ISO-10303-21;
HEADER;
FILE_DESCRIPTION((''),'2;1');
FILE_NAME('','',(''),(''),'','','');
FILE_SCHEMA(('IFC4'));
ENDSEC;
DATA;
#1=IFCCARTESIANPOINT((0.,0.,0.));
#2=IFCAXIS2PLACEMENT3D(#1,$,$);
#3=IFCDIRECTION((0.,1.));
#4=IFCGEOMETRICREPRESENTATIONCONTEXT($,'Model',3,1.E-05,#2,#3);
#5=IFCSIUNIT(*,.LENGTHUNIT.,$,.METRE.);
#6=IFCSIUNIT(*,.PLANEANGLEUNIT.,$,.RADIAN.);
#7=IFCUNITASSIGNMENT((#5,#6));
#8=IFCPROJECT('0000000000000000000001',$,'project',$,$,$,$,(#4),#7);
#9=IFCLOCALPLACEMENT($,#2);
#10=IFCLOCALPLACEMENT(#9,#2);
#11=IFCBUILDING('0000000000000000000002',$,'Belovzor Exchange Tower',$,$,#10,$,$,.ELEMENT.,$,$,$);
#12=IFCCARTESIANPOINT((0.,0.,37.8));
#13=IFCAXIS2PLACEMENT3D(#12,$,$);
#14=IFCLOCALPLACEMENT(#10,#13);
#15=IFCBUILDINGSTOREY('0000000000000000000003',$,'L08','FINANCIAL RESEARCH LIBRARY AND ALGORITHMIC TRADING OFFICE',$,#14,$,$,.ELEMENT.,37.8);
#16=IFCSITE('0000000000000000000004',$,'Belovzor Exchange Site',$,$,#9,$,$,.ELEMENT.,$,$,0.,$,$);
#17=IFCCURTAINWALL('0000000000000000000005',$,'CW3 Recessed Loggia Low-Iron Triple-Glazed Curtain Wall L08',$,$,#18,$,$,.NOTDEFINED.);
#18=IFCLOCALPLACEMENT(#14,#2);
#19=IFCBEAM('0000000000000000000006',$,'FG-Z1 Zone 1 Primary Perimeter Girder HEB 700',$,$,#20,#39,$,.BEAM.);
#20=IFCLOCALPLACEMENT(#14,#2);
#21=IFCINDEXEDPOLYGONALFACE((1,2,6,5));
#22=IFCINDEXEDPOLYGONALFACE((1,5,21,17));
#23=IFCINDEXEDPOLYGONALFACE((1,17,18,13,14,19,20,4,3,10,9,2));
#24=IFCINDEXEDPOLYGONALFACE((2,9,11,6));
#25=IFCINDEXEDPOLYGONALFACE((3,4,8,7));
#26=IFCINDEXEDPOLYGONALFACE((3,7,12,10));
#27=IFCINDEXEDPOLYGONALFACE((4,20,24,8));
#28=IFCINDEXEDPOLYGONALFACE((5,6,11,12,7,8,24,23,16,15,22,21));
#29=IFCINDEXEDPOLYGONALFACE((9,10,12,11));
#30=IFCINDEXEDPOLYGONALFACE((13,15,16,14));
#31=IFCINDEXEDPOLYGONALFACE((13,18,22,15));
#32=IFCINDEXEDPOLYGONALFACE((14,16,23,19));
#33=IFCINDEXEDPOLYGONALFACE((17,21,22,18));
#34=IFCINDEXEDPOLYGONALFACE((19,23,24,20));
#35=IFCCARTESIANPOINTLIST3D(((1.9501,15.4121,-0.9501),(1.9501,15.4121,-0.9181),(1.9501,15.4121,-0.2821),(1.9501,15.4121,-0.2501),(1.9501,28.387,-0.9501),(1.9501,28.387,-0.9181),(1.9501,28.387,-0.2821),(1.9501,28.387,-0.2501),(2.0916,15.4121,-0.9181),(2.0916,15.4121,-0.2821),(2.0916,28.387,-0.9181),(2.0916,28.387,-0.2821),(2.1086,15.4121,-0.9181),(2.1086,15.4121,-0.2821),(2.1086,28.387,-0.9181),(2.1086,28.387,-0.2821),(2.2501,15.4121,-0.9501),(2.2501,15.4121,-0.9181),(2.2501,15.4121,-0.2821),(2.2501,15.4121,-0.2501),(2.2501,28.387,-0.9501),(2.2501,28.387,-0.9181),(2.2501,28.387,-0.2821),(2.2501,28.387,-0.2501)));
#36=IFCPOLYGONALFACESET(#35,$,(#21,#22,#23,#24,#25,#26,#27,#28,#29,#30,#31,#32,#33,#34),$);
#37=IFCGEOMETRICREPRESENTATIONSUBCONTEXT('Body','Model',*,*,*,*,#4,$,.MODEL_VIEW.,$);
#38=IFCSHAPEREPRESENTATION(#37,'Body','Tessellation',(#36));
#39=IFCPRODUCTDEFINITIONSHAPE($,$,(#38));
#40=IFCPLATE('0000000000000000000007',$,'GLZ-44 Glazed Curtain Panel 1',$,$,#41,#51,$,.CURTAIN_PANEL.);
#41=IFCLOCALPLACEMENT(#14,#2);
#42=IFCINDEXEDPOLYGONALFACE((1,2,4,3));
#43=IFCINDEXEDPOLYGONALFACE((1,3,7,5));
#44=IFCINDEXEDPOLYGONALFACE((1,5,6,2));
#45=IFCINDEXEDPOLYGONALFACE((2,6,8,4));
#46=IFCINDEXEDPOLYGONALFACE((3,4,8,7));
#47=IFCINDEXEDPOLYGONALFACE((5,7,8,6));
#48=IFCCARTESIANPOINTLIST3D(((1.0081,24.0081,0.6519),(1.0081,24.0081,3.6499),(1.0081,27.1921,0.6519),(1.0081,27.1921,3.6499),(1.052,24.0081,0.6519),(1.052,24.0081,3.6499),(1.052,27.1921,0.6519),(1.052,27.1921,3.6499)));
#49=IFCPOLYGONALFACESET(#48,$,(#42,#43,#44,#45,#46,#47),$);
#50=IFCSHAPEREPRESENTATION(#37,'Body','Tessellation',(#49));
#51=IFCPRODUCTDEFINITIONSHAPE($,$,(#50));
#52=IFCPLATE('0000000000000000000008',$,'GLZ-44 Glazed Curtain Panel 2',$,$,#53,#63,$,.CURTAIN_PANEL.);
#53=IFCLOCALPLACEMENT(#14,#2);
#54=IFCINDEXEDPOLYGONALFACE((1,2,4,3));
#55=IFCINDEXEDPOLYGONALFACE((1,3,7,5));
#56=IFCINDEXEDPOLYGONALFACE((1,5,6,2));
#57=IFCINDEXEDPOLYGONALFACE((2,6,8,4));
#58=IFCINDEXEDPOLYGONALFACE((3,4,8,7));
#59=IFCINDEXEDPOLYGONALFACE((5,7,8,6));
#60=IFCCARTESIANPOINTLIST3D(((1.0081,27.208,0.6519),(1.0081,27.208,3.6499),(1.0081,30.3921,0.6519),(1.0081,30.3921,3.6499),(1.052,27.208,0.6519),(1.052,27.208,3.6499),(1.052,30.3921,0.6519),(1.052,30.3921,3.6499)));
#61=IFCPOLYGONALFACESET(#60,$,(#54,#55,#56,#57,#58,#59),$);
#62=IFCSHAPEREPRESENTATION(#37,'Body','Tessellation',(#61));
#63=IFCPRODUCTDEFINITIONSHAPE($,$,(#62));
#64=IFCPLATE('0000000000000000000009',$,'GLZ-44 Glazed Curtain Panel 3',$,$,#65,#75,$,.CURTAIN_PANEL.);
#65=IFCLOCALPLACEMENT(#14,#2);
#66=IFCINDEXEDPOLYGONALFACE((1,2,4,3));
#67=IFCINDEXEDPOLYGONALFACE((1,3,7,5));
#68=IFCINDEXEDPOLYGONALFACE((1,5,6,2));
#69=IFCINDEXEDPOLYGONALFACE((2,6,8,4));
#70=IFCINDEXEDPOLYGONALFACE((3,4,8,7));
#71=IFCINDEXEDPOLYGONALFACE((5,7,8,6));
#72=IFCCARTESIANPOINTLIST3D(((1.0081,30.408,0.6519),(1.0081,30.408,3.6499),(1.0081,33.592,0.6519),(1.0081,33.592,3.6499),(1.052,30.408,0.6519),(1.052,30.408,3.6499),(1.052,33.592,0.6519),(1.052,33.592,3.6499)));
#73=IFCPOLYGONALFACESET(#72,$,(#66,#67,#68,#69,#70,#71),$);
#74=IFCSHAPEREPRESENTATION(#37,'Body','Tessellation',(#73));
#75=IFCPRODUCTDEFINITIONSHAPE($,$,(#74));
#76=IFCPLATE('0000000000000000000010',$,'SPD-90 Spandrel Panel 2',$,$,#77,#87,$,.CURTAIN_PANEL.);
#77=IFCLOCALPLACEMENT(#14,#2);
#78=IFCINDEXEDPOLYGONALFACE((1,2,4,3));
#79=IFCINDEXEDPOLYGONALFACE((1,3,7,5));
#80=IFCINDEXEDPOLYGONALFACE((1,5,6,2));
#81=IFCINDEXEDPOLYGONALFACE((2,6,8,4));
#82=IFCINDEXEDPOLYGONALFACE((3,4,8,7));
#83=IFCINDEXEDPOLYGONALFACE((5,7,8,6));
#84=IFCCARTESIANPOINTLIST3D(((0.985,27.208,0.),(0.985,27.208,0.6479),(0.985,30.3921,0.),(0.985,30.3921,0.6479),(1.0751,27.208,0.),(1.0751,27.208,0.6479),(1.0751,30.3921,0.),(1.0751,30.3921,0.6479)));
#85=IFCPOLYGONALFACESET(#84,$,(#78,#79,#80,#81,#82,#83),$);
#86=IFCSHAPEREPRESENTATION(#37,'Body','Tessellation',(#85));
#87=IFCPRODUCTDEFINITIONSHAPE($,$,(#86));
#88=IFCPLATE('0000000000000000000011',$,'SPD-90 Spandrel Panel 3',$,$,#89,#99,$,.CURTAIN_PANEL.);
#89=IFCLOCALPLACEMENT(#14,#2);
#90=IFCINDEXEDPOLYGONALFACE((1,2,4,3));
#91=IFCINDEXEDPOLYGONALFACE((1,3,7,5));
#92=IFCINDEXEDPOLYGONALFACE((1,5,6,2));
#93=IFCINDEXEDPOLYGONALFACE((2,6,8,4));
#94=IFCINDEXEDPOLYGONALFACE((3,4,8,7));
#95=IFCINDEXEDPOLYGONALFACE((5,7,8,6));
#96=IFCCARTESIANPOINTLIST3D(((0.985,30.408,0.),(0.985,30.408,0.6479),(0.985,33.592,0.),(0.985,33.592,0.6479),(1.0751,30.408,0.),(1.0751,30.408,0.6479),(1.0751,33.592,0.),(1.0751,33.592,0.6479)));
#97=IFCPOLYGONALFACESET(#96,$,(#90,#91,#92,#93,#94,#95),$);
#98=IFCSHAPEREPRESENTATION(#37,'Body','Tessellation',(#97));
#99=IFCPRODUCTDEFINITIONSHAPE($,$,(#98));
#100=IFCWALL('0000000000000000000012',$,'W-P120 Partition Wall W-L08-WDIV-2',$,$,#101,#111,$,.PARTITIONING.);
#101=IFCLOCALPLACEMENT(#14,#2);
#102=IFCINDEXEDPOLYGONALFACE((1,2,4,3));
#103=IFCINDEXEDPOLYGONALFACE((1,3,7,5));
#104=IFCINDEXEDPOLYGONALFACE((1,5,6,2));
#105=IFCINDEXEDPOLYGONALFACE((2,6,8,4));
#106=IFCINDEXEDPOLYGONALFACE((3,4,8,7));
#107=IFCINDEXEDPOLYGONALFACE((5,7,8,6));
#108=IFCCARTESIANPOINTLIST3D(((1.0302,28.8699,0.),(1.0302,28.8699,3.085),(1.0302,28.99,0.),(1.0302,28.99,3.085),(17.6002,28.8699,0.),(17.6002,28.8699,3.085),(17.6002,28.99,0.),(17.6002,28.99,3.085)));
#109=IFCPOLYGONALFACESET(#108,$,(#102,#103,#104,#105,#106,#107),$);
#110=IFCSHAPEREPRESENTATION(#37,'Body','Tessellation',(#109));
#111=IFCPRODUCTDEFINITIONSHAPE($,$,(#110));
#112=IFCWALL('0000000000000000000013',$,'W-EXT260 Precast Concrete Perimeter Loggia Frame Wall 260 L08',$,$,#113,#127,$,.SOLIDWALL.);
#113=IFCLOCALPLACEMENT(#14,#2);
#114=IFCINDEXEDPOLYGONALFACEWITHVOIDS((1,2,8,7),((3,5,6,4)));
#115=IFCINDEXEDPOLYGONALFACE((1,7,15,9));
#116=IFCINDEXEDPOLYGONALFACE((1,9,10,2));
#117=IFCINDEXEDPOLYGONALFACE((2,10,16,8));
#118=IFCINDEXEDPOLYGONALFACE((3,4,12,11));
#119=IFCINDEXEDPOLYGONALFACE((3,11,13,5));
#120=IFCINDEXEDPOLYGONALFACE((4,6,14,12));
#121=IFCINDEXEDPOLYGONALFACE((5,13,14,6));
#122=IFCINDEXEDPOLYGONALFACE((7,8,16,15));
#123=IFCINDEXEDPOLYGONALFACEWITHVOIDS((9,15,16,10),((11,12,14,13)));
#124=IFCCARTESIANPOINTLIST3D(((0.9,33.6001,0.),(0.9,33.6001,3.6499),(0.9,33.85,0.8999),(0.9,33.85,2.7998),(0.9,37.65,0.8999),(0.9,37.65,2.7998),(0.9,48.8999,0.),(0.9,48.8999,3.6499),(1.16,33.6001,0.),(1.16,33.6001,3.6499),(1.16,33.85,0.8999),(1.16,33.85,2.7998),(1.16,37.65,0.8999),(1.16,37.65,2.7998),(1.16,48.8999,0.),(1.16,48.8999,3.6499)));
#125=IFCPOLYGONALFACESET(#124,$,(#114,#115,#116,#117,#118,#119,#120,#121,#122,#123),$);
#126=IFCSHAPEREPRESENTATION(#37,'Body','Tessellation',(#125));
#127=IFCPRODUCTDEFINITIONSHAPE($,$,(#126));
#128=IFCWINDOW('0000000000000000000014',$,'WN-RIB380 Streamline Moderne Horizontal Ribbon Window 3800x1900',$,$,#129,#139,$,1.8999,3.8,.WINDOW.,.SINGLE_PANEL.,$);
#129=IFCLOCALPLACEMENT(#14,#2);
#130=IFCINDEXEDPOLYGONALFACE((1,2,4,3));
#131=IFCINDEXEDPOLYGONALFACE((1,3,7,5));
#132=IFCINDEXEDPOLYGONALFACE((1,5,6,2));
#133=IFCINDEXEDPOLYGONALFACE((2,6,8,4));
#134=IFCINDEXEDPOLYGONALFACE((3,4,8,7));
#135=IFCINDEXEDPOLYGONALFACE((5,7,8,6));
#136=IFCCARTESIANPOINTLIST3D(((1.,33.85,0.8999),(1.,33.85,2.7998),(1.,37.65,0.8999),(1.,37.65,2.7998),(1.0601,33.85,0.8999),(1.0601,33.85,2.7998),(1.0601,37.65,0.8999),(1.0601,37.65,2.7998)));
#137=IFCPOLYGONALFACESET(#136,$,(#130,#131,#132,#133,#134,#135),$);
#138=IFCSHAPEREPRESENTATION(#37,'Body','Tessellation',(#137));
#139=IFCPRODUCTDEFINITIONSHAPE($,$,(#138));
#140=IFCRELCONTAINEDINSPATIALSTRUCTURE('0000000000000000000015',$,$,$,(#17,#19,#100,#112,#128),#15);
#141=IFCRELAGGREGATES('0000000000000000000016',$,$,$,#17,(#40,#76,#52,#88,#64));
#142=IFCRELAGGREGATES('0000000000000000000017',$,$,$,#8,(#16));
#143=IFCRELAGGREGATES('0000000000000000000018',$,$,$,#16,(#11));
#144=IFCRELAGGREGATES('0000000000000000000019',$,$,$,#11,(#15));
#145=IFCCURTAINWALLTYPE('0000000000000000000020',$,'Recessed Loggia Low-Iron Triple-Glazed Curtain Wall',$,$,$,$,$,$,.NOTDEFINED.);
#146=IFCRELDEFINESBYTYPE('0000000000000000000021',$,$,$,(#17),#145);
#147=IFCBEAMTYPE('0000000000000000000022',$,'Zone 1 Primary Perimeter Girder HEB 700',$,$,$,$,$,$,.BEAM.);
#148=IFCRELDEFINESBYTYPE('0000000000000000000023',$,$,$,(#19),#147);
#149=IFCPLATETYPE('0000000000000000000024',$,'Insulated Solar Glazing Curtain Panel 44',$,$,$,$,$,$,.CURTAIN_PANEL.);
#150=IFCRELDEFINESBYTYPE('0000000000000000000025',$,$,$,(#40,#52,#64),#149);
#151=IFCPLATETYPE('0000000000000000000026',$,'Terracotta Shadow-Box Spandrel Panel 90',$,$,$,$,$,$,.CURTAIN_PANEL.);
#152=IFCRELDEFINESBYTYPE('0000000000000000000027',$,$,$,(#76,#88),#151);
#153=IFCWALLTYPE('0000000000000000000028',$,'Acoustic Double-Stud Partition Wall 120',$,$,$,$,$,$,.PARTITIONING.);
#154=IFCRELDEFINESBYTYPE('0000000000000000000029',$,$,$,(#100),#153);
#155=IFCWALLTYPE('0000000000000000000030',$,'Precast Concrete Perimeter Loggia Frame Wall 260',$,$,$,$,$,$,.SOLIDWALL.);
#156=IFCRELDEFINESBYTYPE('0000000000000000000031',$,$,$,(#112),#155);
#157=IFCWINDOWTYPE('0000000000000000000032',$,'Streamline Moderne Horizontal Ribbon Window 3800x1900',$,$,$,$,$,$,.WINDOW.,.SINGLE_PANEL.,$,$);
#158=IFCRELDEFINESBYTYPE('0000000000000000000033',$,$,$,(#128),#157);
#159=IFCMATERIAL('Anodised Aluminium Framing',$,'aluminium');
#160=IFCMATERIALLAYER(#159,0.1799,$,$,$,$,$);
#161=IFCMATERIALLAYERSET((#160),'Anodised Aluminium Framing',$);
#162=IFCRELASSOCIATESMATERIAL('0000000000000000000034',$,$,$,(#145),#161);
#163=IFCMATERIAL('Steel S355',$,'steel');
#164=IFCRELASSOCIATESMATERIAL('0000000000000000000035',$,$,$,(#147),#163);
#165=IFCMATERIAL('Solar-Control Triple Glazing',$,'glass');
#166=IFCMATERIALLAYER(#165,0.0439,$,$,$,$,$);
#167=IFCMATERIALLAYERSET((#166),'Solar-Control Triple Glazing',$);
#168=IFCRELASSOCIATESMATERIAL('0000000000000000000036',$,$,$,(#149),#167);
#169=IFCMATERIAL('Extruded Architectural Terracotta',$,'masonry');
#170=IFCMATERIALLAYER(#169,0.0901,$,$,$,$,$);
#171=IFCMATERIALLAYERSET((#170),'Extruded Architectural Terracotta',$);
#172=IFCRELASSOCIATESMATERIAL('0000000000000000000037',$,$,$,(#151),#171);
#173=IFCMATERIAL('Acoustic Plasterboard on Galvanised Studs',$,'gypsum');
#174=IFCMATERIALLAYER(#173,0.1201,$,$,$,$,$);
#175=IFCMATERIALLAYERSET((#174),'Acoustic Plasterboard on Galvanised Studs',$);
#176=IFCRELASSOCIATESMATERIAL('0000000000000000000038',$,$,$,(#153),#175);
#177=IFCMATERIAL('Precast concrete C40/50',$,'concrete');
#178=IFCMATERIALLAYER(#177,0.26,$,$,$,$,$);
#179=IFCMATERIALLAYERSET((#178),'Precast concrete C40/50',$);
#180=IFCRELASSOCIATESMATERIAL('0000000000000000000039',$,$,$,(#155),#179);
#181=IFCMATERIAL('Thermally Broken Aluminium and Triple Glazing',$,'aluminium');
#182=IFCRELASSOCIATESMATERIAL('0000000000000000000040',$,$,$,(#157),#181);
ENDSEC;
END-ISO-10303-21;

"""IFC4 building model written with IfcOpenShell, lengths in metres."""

from ifc_helpers import new_model, si_unit, direction, frame, frame_2d, origin, origin_2d, place, context, subcontext, project, spatial, rectangle, i_section, extrude, material, layer, layer_set, material_profile, profile_set, type_object, element, fill, aggregate, save


model = new_model("IFC4")

# Units and contexts
model_context = context("Model", 3, precision=1e-05, world=origin(), true_north=direction((0.0, 1.0)))
body_context = subcontext(model_context, "Body", "Model", "MODEL_VIEW")
ifc_project = project(units=[si_unit("LENGTHUNIT", "METRE"), si_unit("PLANEANGLEUNIT", "RADIAN")], contexts=[model_context])

# Site, building, storey
site_placement = place(None, origin())
site = spatial("IfcSite", under=ifc_project, at=site_placement, Name="Belovzor Exchange Site", CompositionType="ELEMENT", RefElevation=0.0)
building_placement = place(site_placement, origin())
building = spatial("IfcBuilding", under=site, at=building_placement, Name="Belovzor Exchange Tower", CompositionType="ELEMENT")
storey_placement = place(building_placement, frame((0.0, 0.0, 37.8)))
storey = spatial("IfcBuildingStorey", under=building, at=storey_placement, Name="L08", Description="FINANCIAL RESEARCH LIBRARY AND ALGORITHMIC TRADING OFFICE", CompositionType="ELEMENT", Elevation=37.8)

# Curtain wall
ifc_material_1 = material(Name="Anodised Aluminium Framing", Category="aluminium")
ifc_layer_1 = layer(ifc_material_1, 0.1799)
ifc_layer_set_1 = layer_set([ifc_layer_1], Name="Anodised Aluminium Framing")
curtain_wall_type = type_object("IfcCurtainWallType", Name="Recessed Loggia Low-Iron Triple-Glazed Curtain Wall", PredefinedType="NOTDEFINED", material=ifc_layer_set_1)
curtain_wall_placement = place(storey_placement, origin())
curtain_wall = element("IfcCurtainWall", 1, at=curtain_wall_placement, inside=storey, type_object=curtain_wall_type, Name="CW3 Recessed Loggia Low-Iron Triple-Glazed Curtain Wall L08", PredefinedType="NOTDEFINED")

# Beam
ifc_material_2 = material(Name="Steel S355", Category="steel")
ifc_material_profile_1 = material_profile(ifc_material_2, i_section(OverallWidth=0.3, OverallDepth=0.7, WebThickness=0.0171, FlangeThickness=0.032, at=origin_2d()))
ifc_profile_set_1 = profile_set([ifc_material_profile_1], Name="Steel S355")
beam_type_1 = type_object("IfcBeamType", Name="Zone 1 Primary Perimeter Girder HEB 700", PredefinedType="BEAM", material=ifc_profile_set_1)
beam_1_placement = place(storey_placement, frame((2.1001, 28.387, -0.6001), z_axis=(0.0, -1.0, 0.0), x_axis=(1.0, 0.0, 0.0)))
element("IfcBeam", 2, at=beam_1_placement, inside=storey, type_object=beam_type_1, Name="FG-Z1 Zone 1 Primary Perimeter Girder HEB 700", PredefinedType="BEAM", context=body_context, shape_type="SweptSolid", body=[
    extrude(i_section(OverallWidth=0.3, OverallDepth=0.7, WebThickness=0.0171, FlangeThickness=0.032, at=origin_2d()), origin(), (0.0, 0.0, 1.0), 12.9749),
])

# Plates
ifc_material_3 = material(Name="Solar-Control Triple Glazing", Category="glass")
ifc_layer_2 = layer(ifc_material_3, 0.0439)
ifc_layer_set_2 = layer_set([ifc_layer_2], Name="Solar-Control Triple Glazing")
plate_type_1 = type_object("IfcPlateType", Name="Insulated Solar Glazing Curtain Panel 44", PredefinedType="CURTAIN_PANEL", material=ifc_layer_set_2)
plate_1_placement = place(storey_placement, frame((1.03, 25.6001, 0.6519), z_axis=(0.0, 0.0, 1.0), x_axis=(0.0, 1.0, 0.0)))
plate_1 = element("IfcPlate", 3, at=plate_1_placement, type_object=plate_type_1, Name="GLZ-44 Glazed Curtain Panel 1", PredefinedType="CURTAIN_PANEL", context=body_context, shape_type="SweptSolid", body=[
    extrude(rectangle(XDim=3.1841, YDim=0.0439, at=origin_2d()), origin(), (0.0, 0.0, 1.0), 2.998),
])
plate_2_placement = place(storey_placement, frame((1.03, 28.8, 0.6519), z_axis=(0.0, 0.0, 1.0), x_axis=(0.0, 1.0, 0.0)))
plate_2 = element("IfcPlate", 4, at=plate_2_placement, type_object=plate_type_1, Name="GLZ-44 Glazed Curtain Panel 2", PredefinedType="CURTAIN_PANEL", context=body_context, shape_type="SweptSolid", body=[
    extrude(rectangle(XDim=3.1841, YDim=0.0439, at=origin_2d()), origin(), (0.0, 0.0, 1.0), 2.998),
])
plate_3_placement = place(storey_placement, frame((1.03, 32.0, 0.6519), z_axis=(0.0, 0.0, 1.0), x_axis=(0.0, 1.0, 0.0)))
plate_3 = element("IfcPlate", 5, at=plate_3_placement, type_object=plate_type_1, Name="GLZ-44 Glazed Curtain Panel 3", PredefinedType="CURTAIN_PANEL", context=body_context, shape_type="SweptSolid", body=[
    extrude(rectangle(XDim=3.1841, YDim=0.0439, at=origin_2d()), origin(), (0.0, 0.0, 1.0), 2.998),
])
ifc_material_4 = material(Name="Extruded Architectural Terracotta", Category="masonry")
ifc_layer_3 = layer(ifc_material_4, 0.0901)
ifc_layer_set_3 = layer_set([ifc_layer_3], Name="Extruded Architectural Terracotta")
plate_type_2 = type_object("IfcPlateType", Name="Terracotta Shadow-Box Spandrel Panel 90", PredefinedType="CURTAIN_PANEL", material=ifc_layer_set_3)
plate_4_placement = place(storey_placement, frame((1.03, 28.8, 0.0), z_axis=(0.0, 0.0, 1.0), x_axis=(0.0, 1.0, 0.0)))
plate_4 = element("IfcPlate", 6, at=plate_4_placement, type_object=plate_type_2, Name="SPD-90 Spandrel Panel 2", PredefinedType="CURTAIN_PANEL", context=body_context, shape_type="SweptSolid", body=[
    extrude(rectangle(XDim=3.1841, YDim=0.0901, at=origin_2d()), origin(), (0.0, 0.0, 1.0), 0.6479),
])
plate_5_placement = place(storey_placement, frame((1.03, 32.0, 0.0), z_axis=(0.0, 0.0, 1.0), x_axis=(0.0, 1.0, 0.0)))
plate_5 = element("IfcPlate", 7, at=plate_5_placement, type_object=plate_type_2, Name="SPD-90 Spandrel Panel 3", PredefinedType="CURTAIN_PANEL", context=body_context, shape_type="SweptSolid", body=[
    extrude(rectangle(XDim=3.1841, YDim=0.0901, at=origin_2d()), origin(), (0.0, 0.0, 1.0), 0.6479),
])
aggregate(curtain_wall, [plate_1, plate_4, plate_2, plate_5, plate_3])

# Wall
ifc_material_5 = material(Name="Acoustic Plasterboard on Galvanised Studs", Category="gypsum")
ifc_layer_4 = layer(ifc_material_5, 0.1201)
ifc_layer_set_4 = layer_set([ifc_layer_4], Name="Acoustic Plasterboard on Galvanised Studs")
wall_type_1 = type_object("IfcWallType", Name="Acoustic Double-Stud Partition Wall 120", PredefinedType="PARTITIONING", material=ifc_layer_set_4)
wall_1_placement = place(storey_placement, frame((1.03, 28.9299, 0.0), z_axis=(0.0, 0.0, 1.0), x_axis=(1.0, 0.0, 0.0)))
element("IfcWall", 8, at=wall_1_placement, inside=storey, type_object=wall_type_1, Name="W-P120 Partition Wall W-L08-WDIV-2", PredefinedType="PARTITIONING", context=body_context, shape_type="SweptSolid", body=[
    extrude(rectangle(XDim=16.5701, YDim=0.1201, at=frame_2d((8.2852, 0.0))), origin(), (0.0, 0.0, 1.0), 3.085),
])

# Wall, opening, window
ifc_material_6 = material(Name="Precast concrete C40/50", Category="concrete")
ifc_layer_5 = layer(ifc_material_6, 0.26)
ifc_layer_set_5 = layer_set([ifc_layer_5], Name="Precast concrete C40/50")
wall_type_2 = type_object("IfcWallType", Name="Precast Concrete Perimeter Loggia Frame Wall 260", PredefinedType="SOLIDWALL", material=ifc_layer_set_5)
wall_2_placement = place(storey_placement, frame((1.03, 33.6001, 0.0), z_axis=(0.0, 0.0, 1.0), x_axis=(0.0, 1.0, 0.0)))
wall_2 = element("IfcWall", 9, at=wall_2_placement, inside=storey, type_object=wall_type_2, Name="W-EXT260 Precast Concrete Perimeter Loggia Frame Wall 260 L08", PredefinedType="SOLIDWALL", context=body_context, shape_type="SweptSolid", body=[
    extrude(rectangle(XDim=15.2998, YDim=0.26, at=frame_2d((7.6499, 0.0))), origin(), (0.0, 0.0, 1.0), 3.6499),
])
opening_placement = place(wall_2_placement, frame((0.25, 0.0, 0.8999)))
opening = element("IfcOpeningElement", 10, at=opening_placement, cuts=wall_2, PredefinedType="OPENING", context=body_context, shape_type="SweptSolid", body=[
    extrude(rectangle(XDim=3.8, YDim=1.8999, at=frame_2d((1.8999, 0.95))), frame((0.0, 0.1399, 0.0), z_axis=(0.0, -1.0, 0.0), x_axis=(1.0, 0.0, 0.0)), (0.0, 0.0, 1.0), 0.28),
])
ifc_material_7 = material(Name="Thermally Broken Aluminium and Triple Glazing", Category="aluminium")
window_type = type_object("IfcWindowType", Name="Streamline Moderne Horizontal Ribbon Window 3800x1900", PartitioningType="SINGLE_PANEL", PredefinedType="WINDOW", material=ifc_material_7)
window_placement = place(opening_placement, origin())
window = element("IfcWindow", 11, at=window_placement, inside=storey, type_object=window_type, Name="WN-RIB380 Streamline Moderne Horizontal Ribbon Window 3800x1900", OverallHeight=1.8999, OverallWidth=3.8, PartitioningType="SINGLE_PANEL", PredefinedType="WINDOW", context=body_context, shape_type="SweptSolid", body=[
    extrude(rectangle(XDim=3.8, YDim=1.8999, at=frame_2d((1.8999, 0.95))), frame((0.0, 0.03, 0.0), z_axis=(0.0, -1.0, 0.0), x_axis=(1.0, 0.0, 0.0)), (0.0, 0.0, 1.0), 0.0601),
])
fill(opening, window)

save(model, "model.ifc")
